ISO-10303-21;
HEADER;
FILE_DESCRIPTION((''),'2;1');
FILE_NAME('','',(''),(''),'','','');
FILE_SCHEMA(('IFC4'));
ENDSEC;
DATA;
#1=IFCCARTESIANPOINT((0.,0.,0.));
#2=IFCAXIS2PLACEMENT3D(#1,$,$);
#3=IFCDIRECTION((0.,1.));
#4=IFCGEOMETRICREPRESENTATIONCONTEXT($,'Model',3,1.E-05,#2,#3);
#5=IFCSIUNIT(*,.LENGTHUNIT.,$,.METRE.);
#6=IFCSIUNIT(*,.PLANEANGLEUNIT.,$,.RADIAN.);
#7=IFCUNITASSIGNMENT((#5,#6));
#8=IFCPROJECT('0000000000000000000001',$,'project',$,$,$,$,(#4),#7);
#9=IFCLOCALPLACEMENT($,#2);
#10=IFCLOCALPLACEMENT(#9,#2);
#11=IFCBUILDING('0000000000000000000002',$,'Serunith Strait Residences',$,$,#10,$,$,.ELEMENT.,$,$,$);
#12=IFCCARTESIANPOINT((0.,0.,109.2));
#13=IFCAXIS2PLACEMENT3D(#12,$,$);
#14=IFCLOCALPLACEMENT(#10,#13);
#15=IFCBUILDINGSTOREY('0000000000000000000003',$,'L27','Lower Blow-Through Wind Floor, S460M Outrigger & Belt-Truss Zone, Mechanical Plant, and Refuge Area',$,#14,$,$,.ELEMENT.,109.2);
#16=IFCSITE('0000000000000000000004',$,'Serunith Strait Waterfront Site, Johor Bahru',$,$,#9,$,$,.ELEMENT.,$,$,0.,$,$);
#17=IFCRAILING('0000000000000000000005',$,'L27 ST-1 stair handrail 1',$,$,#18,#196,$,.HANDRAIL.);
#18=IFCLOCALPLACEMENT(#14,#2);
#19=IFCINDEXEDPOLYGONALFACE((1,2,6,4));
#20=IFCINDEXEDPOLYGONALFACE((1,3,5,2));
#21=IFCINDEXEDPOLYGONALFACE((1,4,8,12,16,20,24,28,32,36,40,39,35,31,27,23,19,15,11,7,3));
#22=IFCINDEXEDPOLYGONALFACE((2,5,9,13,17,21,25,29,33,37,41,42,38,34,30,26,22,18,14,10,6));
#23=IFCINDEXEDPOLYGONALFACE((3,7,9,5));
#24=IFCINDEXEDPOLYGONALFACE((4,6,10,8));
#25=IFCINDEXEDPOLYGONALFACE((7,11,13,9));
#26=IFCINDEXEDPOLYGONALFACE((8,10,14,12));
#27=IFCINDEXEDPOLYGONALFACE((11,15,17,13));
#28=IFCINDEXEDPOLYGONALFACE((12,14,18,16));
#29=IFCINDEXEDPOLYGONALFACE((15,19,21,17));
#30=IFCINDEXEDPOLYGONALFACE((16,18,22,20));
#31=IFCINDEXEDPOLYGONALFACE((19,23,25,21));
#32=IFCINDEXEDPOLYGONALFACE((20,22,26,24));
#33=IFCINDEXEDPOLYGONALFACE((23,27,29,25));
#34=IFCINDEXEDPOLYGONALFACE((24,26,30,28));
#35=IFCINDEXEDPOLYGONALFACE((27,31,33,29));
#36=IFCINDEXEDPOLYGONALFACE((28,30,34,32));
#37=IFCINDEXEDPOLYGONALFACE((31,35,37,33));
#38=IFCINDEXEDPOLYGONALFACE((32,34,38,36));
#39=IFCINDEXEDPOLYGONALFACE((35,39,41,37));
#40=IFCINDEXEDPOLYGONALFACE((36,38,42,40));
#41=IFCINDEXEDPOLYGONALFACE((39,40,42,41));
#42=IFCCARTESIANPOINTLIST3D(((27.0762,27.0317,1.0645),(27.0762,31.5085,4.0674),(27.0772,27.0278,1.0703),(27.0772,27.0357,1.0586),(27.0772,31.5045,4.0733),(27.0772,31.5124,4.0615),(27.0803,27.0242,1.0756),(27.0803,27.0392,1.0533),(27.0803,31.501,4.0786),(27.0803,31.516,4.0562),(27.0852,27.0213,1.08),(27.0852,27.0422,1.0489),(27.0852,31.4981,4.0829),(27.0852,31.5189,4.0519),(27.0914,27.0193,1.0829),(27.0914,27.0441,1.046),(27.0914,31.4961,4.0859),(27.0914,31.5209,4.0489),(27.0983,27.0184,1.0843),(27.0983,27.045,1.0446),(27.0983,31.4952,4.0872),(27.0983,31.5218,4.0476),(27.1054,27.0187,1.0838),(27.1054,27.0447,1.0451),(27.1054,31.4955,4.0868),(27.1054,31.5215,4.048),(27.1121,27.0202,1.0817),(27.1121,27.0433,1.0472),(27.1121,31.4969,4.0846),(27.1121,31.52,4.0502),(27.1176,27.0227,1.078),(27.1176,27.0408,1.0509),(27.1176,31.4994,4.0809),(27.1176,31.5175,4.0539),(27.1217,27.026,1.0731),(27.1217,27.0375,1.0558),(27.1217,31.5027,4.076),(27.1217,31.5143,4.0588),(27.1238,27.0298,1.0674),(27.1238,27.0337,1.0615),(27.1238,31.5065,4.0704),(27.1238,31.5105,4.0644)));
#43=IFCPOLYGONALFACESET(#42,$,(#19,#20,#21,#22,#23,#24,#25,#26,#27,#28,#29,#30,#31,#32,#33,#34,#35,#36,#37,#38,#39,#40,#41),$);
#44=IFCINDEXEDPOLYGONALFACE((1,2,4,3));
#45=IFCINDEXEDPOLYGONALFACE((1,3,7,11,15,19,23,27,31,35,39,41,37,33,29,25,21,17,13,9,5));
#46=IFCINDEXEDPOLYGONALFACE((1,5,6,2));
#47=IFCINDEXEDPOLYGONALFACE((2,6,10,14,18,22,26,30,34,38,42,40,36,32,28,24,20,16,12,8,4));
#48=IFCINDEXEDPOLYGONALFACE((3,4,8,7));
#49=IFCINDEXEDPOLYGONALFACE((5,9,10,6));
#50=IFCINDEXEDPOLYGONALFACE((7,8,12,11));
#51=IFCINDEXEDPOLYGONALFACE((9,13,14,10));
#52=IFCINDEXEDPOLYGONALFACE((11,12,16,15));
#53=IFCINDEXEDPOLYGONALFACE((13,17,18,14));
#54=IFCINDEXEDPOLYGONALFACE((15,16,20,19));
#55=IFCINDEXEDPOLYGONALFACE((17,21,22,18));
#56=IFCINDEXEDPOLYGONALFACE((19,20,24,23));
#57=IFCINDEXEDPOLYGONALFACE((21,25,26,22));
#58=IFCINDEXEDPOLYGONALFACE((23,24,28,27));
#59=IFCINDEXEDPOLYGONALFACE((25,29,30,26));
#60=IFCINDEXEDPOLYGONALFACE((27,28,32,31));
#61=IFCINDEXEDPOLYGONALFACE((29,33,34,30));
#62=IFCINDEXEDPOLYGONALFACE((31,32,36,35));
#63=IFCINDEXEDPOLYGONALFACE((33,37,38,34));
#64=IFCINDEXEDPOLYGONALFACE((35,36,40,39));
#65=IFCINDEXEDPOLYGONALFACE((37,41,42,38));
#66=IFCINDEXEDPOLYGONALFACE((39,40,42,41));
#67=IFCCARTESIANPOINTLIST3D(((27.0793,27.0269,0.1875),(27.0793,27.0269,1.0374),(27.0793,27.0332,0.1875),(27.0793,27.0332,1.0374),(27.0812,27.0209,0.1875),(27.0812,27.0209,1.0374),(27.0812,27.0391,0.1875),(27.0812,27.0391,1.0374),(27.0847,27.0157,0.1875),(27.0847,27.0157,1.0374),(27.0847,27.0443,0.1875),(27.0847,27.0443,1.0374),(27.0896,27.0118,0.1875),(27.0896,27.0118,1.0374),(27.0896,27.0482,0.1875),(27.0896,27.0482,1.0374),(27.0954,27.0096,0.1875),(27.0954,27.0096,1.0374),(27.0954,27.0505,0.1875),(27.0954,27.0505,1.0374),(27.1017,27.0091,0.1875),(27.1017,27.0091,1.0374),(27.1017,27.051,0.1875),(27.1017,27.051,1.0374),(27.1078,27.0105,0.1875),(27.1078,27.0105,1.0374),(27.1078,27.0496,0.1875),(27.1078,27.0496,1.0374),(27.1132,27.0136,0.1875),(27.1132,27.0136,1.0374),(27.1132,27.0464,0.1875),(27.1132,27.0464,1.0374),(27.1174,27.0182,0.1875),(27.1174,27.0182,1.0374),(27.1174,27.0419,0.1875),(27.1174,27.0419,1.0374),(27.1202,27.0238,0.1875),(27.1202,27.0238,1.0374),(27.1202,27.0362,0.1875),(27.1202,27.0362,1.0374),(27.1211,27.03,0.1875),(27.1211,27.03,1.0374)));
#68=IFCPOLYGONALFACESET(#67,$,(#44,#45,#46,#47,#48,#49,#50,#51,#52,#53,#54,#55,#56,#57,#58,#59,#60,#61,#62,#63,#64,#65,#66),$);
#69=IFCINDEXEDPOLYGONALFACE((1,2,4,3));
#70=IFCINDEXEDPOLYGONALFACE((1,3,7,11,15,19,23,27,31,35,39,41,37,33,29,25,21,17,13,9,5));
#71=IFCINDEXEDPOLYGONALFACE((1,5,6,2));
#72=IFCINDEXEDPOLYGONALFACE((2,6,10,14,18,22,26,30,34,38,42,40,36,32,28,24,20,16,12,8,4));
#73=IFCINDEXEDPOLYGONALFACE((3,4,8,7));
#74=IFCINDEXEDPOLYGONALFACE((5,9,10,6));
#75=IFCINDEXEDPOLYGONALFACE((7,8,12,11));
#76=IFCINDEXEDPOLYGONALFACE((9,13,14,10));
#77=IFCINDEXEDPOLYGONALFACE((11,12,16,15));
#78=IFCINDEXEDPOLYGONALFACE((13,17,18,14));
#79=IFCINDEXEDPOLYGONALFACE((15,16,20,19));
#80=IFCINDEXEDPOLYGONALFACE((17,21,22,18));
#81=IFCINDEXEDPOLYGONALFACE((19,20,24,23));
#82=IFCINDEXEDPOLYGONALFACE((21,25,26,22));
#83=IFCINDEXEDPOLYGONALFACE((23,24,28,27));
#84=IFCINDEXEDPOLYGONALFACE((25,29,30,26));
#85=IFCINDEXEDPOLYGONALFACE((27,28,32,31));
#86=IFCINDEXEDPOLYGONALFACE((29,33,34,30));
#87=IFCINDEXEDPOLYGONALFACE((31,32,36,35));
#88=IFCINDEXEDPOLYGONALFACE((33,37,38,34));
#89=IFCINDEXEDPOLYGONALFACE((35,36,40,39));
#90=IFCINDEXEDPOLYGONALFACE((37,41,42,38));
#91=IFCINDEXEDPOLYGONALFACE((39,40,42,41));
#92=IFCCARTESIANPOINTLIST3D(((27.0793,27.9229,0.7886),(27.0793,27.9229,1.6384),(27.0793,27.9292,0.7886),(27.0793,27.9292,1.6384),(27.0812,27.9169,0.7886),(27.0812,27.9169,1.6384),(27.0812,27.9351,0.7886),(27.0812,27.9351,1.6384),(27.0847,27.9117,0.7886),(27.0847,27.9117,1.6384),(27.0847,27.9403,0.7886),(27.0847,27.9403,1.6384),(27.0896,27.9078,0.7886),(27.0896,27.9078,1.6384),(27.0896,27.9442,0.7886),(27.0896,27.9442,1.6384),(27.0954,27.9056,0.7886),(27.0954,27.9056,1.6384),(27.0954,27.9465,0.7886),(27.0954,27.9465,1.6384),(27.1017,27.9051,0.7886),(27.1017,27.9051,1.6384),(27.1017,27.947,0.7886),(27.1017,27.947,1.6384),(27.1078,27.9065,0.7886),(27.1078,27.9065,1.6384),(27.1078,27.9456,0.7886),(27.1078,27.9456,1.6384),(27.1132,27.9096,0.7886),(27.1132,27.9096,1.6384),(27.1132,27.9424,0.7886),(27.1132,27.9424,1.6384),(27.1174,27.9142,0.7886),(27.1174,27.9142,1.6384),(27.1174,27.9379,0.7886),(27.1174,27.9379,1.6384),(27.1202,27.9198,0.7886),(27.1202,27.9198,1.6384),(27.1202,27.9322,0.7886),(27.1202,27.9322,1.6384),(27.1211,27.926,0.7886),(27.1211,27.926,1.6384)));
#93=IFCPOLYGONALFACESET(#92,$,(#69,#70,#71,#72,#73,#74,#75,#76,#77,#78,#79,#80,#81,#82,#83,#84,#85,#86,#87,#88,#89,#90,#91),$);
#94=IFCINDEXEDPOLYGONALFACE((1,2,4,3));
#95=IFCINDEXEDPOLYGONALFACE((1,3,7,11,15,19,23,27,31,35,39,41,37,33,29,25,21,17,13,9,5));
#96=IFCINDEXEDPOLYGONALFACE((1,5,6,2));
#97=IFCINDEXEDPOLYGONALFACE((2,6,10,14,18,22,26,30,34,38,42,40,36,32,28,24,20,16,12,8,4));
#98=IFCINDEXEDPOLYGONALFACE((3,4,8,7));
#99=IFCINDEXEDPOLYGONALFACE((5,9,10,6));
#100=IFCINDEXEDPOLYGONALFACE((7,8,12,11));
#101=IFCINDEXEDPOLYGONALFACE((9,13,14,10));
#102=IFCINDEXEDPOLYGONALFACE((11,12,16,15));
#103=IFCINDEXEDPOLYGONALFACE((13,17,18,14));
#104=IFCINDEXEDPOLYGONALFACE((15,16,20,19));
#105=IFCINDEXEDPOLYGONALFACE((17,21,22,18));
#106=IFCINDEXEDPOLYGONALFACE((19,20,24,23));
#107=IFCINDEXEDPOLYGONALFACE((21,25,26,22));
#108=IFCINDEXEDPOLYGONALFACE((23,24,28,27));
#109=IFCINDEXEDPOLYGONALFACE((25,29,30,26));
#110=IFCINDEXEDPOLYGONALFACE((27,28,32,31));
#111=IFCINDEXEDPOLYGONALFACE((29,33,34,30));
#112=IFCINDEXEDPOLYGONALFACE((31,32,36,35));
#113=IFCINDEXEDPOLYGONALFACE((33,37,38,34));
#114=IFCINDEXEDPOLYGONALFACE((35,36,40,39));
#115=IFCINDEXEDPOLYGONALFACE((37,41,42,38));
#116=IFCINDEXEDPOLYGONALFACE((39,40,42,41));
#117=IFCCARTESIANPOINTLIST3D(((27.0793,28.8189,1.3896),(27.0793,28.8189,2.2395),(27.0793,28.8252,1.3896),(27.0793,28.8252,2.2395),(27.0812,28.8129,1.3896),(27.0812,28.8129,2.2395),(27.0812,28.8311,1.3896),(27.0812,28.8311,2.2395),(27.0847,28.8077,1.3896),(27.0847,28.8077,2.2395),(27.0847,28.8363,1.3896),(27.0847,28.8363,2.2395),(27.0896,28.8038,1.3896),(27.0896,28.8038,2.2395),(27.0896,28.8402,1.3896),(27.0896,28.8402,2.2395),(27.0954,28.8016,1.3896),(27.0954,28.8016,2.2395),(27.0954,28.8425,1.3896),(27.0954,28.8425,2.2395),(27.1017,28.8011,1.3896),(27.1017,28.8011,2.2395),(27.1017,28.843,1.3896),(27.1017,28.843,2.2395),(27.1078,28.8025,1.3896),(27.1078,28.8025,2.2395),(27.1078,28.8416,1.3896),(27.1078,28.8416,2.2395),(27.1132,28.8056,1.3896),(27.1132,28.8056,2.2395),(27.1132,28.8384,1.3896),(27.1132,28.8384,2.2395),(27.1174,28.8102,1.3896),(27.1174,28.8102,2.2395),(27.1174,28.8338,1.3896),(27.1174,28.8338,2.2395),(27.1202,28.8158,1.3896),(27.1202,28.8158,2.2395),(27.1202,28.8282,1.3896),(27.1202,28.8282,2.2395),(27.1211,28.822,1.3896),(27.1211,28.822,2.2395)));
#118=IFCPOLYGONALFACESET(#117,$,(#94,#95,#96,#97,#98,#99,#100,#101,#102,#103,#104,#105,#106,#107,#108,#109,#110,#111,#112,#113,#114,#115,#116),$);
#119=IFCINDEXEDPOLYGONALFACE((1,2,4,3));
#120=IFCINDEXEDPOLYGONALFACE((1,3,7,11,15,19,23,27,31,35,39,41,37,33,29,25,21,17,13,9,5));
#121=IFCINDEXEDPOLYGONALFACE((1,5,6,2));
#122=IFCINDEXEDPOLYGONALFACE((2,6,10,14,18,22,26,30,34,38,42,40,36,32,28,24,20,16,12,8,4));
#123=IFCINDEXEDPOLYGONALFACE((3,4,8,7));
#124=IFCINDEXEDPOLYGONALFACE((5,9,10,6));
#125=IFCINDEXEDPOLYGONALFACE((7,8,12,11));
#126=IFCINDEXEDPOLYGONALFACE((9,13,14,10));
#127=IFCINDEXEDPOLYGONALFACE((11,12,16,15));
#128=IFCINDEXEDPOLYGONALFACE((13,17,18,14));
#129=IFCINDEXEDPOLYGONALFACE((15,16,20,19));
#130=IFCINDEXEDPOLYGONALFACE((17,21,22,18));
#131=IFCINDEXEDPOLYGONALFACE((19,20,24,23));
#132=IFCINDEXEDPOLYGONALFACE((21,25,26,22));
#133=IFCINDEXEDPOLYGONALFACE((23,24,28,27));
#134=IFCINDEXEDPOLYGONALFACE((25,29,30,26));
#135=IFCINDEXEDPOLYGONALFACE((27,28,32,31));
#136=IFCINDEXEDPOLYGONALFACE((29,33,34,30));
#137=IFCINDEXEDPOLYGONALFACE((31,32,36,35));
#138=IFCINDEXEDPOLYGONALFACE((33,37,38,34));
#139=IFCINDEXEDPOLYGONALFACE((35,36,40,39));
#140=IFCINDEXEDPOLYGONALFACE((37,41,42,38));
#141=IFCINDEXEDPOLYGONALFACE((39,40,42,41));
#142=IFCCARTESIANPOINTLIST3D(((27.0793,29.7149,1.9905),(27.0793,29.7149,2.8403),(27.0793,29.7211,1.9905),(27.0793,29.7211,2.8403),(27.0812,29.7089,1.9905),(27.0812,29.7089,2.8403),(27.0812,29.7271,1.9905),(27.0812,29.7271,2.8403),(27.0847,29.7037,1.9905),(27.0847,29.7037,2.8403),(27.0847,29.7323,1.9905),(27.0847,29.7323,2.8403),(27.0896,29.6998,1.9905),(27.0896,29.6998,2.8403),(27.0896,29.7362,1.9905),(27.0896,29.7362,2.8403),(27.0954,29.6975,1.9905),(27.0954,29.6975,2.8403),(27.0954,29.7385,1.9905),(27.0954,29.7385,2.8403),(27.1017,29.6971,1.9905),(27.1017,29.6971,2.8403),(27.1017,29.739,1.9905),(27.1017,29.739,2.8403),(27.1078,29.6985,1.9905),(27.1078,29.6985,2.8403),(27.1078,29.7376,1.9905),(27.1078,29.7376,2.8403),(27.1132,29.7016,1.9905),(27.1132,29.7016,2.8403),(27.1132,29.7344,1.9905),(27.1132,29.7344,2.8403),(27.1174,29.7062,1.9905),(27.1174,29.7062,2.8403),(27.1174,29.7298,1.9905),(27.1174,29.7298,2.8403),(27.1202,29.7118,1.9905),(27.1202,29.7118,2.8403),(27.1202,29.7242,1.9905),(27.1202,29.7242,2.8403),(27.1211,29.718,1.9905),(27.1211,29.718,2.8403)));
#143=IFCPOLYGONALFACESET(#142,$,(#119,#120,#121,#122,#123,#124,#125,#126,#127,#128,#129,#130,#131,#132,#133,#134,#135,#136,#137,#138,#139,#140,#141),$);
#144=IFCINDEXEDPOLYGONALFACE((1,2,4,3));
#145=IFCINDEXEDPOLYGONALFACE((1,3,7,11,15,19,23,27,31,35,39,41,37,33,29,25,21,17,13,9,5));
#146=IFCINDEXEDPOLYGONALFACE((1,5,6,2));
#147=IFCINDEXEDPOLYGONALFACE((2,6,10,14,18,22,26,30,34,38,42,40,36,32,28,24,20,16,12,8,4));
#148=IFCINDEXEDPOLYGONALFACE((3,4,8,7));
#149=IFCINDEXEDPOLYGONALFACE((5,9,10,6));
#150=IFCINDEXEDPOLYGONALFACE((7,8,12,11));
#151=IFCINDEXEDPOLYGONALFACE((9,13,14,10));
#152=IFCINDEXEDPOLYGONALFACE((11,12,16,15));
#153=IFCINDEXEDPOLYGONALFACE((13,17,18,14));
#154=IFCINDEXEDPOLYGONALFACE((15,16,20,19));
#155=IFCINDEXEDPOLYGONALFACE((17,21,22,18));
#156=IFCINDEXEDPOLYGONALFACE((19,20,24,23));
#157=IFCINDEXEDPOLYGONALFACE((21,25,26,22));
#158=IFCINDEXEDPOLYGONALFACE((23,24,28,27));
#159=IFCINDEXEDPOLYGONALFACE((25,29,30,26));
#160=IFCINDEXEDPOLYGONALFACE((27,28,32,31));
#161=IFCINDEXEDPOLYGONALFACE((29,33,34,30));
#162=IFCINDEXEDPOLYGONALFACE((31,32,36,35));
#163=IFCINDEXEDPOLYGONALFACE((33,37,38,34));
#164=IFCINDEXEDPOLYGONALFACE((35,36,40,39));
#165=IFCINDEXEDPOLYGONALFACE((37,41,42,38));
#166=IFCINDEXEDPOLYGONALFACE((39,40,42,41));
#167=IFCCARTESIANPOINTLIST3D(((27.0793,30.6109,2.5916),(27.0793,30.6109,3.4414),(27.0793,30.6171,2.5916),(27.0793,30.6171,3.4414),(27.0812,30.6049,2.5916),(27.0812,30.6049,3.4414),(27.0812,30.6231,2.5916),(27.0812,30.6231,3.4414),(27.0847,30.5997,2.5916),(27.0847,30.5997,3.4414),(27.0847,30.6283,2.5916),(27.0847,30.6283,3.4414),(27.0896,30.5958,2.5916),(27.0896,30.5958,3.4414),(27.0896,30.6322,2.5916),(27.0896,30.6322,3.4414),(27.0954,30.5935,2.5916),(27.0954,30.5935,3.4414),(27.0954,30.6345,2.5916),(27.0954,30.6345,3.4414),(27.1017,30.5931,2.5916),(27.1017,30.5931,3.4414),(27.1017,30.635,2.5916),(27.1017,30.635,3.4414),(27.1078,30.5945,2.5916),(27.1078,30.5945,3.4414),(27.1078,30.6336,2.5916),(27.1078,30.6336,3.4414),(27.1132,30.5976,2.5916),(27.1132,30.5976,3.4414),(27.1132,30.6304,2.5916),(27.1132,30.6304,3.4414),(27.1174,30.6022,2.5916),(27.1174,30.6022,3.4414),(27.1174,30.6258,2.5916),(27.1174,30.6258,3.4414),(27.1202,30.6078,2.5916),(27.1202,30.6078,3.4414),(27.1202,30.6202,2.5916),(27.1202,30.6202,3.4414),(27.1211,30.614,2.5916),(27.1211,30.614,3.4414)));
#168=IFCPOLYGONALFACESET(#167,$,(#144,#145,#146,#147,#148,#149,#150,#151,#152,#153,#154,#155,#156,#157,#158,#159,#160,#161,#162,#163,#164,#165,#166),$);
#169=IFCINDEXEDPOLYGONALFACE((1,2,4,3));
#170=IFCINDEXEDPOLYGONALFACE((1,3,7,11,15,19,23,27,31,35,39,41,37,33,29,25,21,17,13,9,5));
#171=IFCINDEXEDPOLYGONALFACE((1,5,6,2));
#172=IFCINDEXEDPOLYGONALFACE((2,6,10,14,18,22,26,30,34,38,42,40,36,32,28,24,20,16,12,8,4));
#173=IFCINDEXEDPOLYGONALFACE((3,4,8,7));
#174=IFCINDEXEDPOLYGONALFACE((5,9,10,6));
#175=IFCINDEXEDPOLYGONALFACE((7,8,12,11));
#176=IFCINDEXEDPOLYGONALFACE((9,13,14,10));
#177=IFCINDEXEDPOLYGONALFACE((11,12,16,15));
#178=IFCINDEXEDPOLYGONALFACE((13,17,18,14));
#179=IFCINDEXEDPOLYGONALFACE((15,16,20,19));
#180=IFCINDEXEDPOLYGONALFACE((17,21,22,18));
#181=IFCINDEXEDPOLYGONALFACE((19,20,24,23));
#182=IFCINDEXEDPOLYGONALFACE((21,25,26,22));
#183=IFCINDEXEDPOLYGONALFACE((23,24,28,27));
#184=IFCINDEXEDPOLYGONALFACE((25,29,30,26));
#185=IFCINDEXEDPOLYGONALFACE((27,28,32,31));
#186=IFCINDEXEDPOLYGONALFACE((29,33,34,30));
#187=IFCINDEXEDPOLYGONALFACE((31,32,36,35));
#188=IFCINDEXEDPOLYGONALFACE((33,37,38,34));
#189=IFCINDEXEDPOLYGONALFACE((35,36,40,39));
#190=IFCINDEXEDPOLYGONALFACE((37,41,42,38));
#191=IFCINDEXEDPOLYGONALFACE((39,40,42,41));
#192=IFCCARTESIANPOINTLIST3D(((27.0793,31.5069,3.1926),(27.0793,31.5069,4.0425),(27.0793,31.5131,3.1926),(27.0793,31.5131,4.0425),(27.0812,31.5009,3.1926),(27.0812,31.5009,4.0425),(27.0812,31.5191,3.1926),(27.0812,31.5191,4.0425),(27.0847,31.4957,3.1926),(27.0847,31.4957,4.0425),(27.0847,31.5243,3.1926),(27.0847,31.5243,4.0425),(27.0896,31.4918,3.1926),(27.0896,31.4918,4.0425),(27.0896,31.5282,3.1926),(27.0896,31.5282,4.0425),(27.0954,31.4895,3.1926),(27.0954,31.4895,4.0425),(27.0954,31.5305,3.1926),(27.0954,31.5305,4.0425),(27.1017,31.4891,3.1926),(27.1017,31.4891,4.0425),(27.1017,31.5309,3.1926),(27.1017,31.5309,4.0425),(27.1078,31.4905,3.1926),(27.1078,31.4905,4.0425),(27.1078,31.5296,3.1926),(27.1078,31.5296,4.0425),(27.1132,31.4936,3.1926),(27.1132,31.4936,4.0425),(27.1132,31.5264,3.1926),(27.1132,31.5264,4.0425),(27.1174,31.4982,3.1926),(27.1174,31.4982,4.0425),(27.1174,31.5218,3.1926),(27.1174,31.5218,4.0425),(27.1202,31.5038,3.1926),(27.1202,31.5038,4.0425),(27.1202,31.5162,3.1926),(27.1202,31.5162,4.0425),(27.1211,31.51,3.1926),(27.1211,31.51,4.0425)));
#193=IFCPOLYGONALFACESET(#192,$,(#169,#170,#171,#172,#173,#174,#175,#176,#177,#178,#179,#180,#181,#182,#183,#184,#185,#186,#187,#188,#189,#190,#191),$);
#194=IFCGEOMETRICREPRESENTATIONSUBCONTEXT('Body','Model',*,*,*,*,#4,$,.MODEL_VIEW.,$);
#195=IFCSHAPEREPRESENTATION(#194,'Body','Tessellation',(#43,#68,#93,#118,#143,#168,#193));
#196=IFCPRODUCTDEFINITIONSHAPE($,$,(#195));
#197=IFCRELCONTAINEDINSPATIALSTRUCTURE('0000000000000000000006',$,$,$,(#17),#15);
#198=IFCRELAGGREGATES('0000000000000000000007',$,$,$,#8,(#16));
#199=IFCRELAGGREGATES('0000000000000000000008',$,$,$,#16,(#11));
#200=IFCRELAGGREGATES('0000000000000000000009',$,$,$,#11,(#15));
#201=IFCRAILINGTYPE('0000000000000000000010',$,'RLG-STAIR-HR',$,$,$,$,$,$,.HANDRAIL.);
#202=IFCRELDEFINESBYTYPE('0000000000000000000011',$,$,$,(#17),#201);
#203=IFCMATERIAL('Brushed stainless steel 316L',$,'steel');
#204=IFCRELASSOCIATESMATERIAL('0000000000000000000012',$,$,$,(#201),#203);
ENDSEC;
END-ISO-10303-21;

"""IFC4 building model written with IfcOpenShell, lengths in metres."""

from ifc_helpers import new_model, si_unit, direction, frame, origin, origin_2d, place, context, subcontext, project, spatial, circle, extrude, material, type_object, element, save


model = new_model("IFC4")

# Units and contexts
model_context = context("Model", 3, precision=1e-05, world=origin(), true_north=direction((0.0, 1.0)))
body_context = subcontext(model_context, "Body", "Model", "MODEL_VIEW")
ifc_project = project(units=[si_unit("LENGTHUNIT", "METRE"), si_unit("PLANEANGLEUNIT", "RADIAN")], contexts=[model_context])

# Site, building, storey
site_placement = place(None, origin())
site = spatial("IfcSite", under=ifc_project, at=site_placement, Name="Serunith Strait Waterfront Site, Johor Bahru", CompositionType="ELEMENT", RefElevation=0.0)
building_placement = place(site_placement, origin())
building = spatial("IfcBuilding", under=site, at=building_placement, Name="Serunith Strait Residences", CompositionType="ELEMENT")
storey_placement = place(building_placement, frame((0.0, 0.0, 109.2)))
storey = spatial("IfcBuildingStorey", under=building, at=storey_placement, Name="L27", Description="Lower Blow-Through Wind Floor, S460M Outrigger & Belt-Truss Zone, Mechanical Plant, and Refuge Area", CompositionType="ELEMENT", Elevation=109.2)

# Railing
ifc_material_1 = material(Name="Brushed stainless steel 316L", Category="steel")
railing_type_1 = type_object("IfcRailingType", Name="RLG-STAIR-HR", PredefinedType="HANDRAIL", material=ifc_material_1)
railing_1_placement = place(storey_placement, frame((27.1001, 27.03, 0.1875)))
element("IfcRailing", 1, at=railing_1_placement, inside=storey, type_object=railing_type_1, Name="L27 ST-1 stair handrail 1", PredefinedType="HANDRAIL", context=body_context, shape_type="SweptSolid", body=[
    extrude(circle(Radius=0.0239, at=origin_2d()), frame((0.0, 0.0017, 0.877), z_axis=(0.0, 0.830466, 0.557069), x_axis=(-1.0, 0.0, 0.0)), (0.0, 0.0, 1.0), 5.3906),
    extrude(circle(Radius=0.021, at=origin_2d()), origin(), (0.0, 0.0, 1.0), 0.8499),
    extrude(circle(Radius=0.021, at=origin_2d()), frame((0.0, 0.896, 0.6011)), (0.0, 0.0, 1.0), 0.8499),
    extrude(circle(Radius=0.021, at=origin_2d()), frame((0.0, 1.792, 1.2021)), (0.0, 0.0, 1.0), 0.8499),
    extrude(circle(Radius=0.021, at=origin_2d()), frame((0.0, 2.688, 1.803)), (0.0, 0.0, 1.0), 0.8499),
    extrude(circle(Radius=0.021, at=origin_2d()), frame((0.0, 3.584, 2.4041)), (0.0, 0.0, 1.0), 0.8499),
    extrude(circle(Radius=0.021, at=origin_2d()), frame((0.0, 4.48, 3.0051)), (0.0, 0.0, 1.0), 0.8499),
])

save(model, "model.ifc")
